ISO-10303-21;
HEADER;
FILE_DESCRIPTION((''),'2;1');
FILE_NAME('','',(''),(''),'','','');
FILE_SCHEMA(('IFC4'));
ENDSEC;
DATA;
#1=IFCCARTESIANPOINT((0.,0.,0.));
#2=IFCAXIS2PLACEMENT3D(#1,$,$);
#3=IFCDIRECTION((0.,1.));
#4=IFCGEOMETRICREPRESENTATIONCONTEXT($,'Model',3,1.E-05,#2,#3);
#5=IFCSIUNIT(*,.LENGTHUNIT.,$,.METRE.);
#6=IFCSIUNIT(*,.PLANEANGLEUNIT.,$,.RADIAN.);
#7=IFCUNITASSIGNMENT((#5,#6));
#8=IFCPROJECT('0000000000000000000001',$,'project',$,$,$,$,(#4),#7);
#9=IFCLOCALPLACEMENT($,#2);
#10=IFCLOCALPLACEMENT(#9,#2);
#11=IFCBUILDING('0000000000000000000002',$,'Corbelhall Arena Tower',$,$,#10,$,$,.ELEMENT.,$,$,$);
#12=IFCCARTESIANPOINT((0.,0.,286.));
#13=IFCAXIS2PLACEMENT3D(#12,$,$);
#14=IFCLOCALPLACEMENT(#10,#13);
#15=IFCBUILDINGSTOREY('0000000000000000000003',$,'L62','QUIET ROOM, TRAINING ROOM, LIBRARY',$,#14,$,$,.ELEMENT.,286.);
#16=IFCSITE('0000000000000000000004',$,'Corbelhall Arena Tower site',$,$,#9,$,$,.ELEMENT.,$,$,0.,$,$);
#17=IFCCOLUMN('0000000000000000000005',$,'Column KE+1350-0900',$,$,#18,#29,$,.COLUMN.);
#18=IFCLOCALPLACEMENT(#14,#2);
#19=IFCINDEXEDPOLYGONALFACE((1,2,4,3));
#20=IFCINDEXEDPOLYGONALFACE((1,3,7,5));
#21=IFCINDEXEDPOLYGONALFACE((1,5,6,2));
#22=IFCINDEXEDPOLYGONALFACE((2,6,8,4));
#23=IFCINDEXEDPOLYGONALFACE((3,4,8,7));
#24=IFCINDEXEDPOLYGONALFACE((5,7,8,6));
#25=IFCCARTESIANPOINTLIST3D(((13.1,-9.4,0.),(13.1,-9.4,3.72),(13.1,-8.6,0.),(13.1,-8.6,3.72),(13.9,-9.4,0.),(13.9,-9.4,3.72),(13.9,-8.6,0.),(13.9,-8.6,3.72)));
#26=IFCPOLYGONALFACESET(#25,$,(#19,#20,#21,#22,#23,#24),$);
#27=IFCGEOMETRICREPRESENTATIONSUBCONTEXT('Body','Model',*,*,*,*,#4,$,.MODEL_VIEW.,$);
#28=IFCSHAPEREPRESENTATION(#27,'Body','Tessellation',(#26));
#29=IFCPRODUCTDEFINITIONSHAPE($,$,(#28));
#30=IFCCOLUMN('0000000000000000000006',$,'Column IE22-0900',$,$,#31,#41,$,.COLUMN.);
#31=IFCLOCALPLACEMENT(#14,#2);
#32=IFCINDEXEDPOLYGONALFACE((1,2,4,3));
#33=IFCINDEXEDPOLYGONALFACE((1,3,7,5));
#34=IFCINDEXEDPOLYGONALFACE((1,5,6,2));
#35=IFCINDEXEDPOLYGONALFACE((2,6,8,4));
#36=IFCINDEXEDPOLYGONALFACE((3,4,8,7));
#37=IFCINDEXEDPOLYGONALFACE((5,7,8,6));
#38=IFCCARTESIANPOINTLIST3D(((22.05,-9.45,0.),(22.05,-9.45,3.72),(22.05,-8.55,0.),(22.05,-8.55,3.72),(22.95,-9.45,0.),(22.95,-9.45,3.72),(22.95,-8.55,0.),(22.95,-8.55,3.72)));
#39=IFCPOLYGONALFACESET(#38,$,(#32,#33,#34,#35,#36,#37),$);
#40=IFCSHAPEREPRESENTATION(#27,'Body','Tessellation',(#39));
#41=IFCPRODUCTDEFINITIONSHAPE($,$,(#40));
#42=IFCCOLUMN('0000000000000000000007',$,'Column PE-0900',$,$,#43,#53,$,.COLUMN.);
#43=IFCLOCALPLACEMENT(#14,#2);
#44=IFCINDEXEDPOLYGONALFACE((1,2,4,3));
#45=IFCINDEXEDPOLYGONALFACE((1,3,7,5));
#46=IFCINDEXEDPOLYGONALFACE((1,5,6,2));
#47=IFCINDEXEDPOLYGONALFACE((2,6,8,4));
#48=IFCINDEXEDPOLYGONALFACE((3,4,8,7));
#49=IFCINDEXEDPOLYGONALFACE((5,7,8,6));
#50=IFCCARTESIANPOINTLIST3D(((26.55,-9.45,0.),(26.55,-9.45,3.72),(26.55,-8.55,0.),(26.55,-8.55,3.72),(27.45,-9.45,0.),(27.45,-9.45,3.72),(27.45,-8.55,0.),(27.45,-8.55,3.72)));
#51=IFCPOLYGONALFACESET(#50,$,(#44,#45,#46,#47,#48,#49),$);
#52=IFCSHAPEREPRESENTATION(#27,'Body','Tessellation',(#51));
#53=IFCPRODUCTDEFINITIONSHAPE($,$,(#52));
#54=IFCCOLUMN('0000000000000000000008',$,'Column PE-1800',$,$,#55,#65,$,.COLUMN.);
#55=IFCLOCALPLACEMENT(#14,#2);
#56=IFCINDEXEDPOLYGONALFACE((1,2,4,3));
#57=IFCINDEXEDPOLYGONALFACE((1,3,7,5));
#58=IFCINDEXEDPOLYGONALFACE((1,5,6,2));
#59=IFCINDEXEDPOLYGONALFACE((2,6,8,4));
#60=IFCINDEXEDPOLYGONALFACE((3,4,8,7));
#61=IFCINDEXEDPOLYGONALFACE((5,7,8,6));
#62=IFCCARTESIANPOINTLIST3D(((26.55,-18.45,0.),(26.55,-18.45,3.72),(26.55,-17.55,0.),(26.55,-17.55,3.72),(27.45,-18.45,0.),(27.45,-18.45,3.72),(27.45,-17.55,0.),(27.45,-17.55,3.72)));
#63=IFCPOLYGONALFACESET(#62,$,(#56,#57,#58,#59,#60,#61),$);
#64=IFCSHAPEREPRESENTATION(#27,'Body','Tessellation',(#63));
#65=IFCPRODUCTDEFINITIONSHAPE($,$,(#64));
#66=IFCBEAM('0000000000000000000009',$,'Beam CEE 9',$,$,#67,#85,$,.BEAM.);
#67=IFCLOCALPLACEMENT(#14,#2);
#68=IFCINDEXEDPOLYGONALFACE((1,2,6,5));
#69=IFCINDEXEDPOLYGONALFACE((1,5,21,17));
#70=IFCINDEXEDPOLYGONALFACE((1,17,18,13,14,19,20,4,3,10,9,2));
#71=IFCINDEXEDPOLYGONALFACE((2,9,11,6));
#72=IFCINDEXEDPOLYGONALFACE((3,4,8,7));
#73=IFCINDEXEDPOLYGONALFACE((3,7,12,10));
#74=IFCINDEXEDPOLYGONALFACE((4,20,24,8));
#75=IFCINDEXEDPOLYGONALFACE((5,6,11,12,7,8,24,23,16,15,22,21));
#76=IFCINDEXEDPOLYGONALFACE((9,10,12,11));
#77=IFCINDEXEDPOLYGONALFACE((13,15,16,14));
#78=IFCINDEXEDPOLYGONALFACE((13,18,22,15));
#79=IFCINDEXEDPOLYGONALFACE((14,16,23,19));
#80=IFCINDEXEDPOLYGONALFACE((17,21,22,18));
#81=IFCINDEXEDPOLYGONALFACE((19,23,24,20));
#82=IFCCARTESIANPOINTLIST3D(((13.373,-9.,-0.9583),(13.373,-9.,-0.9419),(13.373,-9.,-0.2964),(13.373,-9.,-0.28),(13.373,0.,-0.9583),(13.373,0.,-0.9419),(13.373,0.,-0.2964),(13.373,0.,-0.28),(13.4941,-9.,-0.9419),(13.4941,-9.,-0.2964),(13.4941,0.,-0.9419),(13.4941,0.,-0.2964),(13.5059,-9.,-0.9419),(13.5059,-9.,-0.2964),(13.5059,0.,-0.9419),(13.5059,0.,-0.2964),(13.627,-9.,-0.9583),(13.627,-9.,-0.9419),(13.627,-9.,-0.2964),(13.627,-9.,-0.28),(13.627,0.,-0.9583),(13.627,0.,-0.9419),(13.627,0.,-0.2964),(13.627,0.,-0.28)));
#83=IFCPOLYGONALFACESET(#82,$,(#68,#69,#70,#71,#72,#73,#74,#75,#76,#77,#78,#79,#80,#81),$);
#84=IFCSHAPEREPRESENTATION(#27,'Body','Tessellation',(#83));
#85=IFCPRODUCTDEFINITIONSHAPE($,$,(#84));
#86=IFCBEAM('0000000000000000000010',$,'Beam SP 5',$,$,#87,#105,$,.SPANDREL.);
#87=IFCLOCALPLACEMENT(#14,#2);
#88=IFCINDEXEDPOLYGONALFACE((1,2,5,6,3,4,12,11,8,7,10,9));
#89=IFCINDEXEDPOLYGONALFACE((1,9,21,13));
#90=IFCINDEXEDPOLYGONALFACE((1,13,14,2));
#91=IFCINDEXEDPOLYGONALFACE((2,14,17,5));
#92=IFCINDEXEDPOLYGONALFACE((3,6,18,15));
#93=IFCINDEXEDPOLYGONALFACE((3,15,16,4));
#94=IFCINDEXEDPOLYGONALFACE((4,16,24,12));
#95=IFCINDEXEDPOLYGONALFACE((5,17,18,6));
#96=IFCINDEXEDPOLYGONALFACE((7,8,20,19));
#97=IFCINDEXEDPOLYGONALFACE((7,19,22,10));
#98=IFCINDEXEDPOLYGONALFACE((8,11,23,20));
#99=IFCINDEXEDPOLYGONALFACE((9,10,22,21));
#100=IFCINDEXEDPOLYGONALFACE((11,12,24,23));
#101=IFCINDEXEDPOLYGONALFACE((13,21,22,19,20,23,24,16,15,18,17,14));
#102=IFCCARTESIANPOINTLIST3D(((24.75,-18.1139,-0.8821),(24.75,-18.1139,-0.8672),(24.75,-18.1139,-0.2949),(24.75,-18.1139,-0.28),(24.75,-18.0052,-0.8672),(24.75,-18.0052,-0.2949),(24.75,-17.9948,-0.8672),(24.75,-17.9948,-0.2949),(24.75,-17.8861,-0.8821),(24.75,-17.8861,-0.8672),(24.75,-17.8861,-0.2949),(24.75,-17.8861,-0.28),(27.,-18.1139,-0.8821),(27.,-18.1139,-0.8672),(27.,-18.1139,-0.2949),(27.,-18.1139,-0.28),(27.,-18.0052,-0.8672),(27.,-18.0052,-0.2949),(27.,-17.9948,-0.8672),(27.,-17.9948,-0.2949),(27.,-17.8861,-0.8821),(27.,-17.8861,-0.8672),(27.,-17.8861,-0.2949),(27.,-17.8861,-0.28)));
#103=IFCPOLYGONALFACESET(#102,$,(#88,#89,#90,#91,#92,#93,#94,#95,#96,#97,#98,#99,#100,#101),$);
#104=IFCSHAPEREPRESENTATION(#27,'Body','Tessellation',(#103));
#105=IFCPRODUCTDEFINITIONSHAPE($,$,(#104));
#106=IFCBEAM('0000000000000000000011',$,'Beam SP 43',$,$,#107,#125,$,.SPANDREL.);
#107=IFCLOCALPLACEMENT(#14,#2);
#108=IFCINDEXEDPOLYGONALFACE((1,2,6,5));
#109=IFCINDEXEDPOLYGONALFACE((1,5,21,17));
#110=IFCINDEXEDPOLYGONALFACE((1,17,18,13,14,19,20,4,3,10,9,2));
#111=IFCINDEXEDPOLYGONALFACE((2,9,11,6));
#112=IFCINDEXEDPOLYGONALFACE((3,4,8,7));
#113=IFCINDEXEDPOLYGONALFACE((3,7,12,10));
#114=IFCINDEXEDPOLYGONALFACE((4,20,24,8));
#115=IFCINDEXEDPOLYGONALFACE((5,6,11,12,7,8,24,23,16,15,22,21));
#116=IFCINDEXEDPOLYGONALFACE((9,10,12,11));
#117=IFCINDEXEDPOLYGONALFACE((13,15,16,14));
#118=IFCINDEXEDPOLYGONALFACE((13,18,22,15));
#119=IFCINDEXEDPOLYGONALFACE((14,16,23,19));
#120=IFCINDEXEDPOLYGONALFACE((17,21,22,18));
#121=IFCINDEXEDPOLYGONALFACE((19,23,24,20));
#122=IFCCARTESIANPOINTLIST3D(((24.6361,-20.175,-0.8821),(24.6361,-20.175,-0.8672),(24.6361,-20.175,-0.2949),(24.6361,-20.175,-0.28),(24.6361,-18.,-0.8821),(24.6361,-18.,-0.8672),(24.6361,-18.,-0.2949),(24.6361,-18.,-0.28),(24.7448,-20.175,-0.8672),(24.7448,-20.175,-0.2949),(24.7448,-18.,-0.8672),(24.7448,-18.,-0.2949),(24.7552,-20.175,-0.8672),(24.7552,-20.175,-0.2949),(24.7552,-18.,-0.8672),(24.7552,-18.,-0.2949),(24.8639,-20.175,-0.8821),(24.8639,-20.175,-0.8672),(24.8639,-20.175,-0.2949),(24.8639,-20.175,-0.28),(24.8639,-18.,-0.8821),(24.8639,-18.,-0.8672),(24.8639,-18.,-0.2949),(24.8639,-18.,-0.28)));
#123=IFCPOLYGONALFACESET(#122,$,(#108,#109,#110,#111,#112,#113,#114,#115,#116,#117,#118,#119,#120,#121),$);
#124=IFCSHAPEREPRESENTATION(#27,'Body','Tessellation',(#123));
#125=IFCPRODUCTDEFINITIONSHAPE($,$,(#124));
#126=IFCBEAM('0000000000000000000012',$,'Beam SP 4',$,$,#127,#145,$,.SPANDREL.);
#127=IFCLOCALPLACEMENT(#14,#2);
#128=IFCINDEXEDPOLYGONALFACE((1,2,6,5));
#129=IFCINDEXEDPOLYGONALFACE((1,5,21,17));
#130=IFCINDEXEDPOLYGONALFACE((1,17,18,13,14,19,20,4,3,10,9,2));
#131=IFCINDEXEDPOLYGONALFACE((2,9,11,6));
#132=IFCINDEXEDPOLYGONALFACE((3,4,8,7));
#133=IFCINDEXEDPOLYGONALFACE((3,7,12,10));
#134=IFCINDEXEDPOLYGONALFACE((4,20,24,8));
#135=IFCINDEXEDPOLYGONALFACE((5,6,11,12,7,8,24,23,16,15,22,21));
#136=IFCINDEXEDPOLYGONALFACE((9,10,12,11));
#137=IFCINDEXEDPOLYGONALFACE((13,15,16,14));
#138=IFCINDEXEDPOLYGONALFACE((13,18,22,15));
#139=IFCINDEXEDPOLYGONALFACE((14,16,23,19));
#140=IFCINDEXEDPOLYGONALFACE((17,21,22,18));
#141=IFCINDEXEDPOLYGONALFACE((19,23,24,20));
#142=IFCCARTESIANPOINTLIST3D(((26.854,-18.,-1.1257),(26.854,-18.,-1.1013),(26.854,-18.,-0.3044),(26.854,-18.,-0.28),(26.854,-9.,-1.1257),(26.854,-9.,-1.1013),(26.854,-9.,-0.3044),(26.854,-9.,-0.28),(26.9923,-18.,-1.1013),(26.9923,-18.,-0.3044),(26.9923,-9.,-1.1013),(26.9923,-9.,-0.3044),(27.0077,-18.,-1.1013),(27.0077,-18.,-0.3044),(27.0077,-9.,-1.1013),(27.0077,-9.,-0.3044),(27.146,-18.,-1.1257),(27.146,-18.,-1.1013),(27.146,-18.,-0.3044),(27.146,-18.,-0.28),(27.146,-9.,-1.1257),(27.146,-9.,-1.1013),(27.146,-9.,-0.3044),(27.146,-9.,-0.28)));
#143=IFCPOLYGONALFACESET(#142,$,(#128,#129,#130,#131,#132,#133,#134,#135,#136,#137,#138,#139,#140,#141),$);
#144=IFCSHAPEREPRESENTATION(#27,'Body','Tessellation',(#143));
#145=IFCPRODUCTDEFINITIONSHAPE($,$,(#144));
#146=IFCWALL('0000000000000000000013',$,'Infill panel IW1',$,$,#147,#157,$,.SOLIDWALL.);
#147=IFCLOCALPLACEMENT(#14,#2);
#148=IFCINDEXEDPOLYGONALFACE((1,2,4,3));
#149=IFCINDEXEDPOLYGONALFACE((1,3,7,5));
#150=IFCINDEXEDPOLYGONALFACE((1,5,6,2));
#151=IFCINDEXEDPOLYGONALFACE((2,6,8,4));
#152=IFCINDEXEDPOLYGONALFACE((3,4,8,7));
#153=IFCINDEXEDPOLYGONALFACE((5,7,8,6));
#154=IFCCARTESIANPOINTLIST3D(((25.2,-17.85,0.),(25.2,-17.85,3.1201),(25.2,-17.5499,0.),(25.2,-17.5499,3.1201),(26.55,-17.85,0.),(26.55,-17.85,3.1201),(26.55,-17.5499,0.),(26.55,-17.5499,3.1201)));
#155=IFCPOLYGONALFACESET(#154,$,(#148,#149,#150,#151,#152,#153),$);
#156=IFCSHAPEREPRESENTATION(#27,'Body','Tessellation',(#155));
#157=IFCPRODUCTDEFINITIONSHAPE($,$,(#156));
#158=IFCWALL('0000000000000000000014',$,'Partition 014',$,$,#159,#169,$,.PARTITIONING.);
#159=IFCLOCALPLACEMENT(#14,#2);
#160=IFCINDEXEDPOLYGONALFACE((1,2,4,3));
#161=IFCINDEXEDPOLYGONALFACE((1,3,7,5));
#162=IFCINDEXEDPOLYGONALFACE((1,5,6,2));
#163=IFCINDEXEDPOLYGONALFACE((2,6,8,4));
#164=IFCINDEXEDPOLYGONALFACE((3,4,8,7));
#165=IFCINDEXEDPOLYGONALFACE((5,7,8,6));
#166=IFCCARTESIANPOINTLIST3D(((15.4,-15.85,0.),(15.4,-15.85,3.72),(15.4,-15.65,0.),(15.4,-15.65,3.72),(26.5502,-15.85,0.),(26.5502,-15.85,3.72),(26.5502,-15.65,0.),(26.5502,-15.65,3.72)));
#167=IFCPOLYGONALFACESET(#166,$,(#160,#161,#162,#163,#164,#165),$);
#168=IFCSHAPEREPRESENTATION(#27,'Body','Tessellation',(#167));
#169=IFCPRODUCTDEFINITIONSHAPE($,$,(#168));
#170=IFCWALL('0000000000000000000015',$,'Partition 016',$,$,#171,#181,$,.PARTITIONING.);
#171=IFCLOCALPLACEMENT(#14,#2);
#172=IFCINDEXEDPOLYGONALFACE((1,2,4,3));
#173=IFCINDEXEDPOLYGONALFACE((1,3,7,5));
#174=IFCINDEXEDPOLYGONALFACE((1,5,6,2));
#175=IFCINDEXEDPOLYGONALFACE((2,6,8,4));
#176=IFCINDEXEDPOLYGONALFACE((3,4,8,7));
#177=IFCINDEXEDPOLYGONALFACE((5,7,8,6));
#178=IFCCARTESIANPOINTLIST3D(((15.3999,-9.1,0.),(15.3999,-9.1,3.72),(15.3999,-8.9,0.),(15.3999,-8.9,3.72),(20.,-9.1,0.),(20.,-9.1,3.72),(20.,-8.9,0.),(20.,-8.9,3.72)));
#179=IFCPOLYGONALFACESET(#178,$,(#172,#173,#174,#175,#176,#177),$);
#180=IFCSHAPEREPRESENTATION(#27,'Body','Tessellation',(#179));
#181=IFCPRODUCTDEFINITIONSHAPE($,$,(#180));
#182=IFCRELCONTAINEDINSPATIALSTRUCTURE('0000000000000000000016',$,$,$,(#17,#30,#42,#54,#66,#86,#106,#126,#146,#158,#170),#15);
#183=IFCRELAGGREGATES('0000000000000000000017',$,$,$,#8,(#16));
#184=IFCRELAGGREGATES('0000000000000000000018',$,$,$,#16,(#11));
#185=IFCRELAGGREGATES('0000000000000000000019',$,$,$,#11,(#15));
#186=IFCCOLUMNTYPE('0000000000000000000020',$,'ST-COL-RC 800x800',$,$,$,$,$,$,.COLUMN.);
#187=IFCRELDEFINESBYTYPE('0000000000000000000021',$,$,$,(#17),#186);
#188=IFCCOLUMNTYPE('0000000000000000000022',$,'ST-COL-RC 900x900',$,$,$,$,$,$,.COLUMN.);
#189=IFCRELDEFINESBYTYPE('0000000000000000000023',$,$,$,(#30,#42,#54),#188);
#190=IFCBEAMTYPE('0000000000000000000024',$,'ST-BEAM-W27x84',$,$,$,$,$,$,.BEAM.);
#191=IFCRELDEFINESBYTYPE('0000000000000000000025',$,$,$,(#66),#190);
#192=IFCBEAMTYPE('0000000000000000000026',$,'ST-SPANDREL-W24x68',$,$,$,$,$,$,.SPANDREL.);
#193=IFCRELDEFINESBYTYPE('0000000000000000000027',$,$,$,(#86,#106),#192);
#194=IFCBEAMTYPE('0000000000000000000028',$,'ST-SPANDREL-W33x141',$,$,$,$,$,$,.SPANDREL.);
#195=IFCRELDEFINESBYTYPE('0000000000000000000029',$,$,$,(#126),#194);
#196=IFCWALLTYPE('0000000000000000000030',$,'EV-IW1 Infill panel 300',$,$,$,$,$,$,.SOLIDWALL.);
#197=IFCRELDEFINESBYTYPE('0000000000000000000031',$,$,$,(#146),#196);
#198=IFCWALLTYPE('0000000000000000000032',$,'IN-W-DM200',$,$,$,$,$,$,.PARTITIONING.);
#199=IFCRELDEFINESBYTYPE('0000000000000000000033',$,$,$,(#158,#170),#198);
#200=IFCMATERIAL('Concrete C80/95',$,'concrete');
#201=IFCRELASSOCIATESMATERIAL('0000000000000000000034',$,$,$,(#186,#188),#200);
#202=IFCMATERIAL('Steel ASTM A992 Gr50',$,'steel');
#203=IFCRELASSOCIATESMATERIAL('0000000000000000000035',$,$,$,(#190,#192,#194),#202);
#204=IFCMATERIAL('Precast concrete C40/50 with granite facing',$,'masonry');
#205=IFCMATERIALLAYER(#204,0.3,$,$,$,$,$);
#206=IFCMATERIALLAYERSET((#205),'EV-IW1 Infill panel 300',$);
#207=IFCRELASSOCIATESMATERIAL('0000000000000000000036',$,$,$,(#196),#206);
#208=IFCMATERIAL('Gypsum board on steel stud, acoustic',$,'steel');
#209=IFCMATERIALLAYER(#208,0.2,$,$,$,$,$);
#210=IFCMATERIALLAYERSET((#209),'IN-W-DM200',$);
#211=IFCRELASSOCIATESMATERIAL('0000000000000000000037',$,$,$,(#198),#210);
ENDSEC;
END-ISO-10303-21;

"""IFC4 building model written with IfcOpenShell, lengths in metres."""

from ifc_helpers import new_model, si_unit, direction, frame, frame_2d, origin, origin_2d, place, context, subcontext, project, spatial, rectangle, i_section, extrude, material, layer, layer_set, material_profile, profile_set, type_object, element, save


model = new_model("IFC4")

# Units and contexts
model_context = context("Model", 3, precision=1e-05, world=origin(), true_north=direction((0.0, 1.0)))
body_context = subcontext(model_context, "Body", "Model", "MODEL_VIEW")
ifc_project = project(units=[si_unit("LENGTHUNIT", "METRE"), si_unit("PLANEANGLEUNIT", "RADIAN")], contexts=[model_context])

# Site, building, storey
site_placement = place(None, origin())
site = spatial("IfcSite", under=ifc_project, at=site_placement, Name="Corbelhall Arena Tower site", CompositionType="ELEMENT", RefElevation=0.0)
building_placement = place(site_placement, origin())
building = spatial("IfcBuilding", under=site, at=building_placement, Name="Corbelhall Arena Tower", CompositionType="ELEMENT")
storey_placement = place(building_placement, frame((0.0, 0.0, 286.0)))
storey = spatial("IfcBuildingStorey", under=building, at=storey_placement, Name="L62", Description="QUIET ROOM, TRAINING ROOM, LIBRARY", CompositionType="ELEMENT", Elevation=286.0)

# Columns
ifc_material_1 = material(Name="Concrete C80/95", Category="concrete")
ifc_material_profile_1 = material_profile(ifc_material_1, rectangle(XDim=0.8, YDim=0.8, at=origin_2d()))
ifc_profile_set_1 = profile_set([ifc_material_profile_1], Name="Concrete C80/95")
column_type_1 = type_object("IfcColumnType", Name="ST-COL-RC 800x800", PredefinedType="COLUMN", material=ifc_profile_set_1)
column_placement = place(storey_placement, frame((13.5, -9.0, 0.0), z_axis=(0.0, 0.0, 1.0), x_axis=(1.0, 0.0, 0.0)))
element("IfcColumn", 1, at=column_placement, inside=storey, type_object=column_type_1, Name="Column KE+1350-0900", PredefinedType="COLUMN", context=body_context, shape_type="SweptSolid", body=[
    extrude(rectangle(XDim=0.8, YDim=0.8, at=origin_2d()), origin(), (0.0, 0.0, 1.0), 3.72),
])
ifc_material_profile_2 = material_profile(ifc_material_1, rectangle(XDim=0.8999, YDim=0.8999, at=origin_2d()))
ifc_profile_set_2 = profile_set([ifc_material_profile_2], Name="Concrete C80/95")
column_type_2 = type_object("IfcColumnType", Name="ST-COL-RC 900x900", PredefinedType="COLUMN", material=ifc_profile_set_2)
for number, where, z_axis, x_axis, name in (
    (2, (22.5, -9.0, 0.0), (0.0, 0.0, 1.0), (1.0, 0.0, 0.0), "Column IE22-0900"),
    (3, (27.0, -9.0, 0.0), (0.0, 0.0, 1.0), (0.0, 1.0, 0.0), "Column PE-0900"),
    (4, (27.0, -18.0, 0.0), (0.0, 0.0, 1.0), (0.0, 1.0, 0.0), "Column PE-1800"),
):
    element("IfcColumn", number, at=place(storey_placement, frame(where, z_axis=z_axis, x_axis=x_axis)), inside=storey, type_object=column_type_2, Name=name, PredefinedType="COLUMN", context=body_context, shape_type="SweptSolid", body=[
        extrude(rectangle(XDim=0.8999, YDim=0.8999, at=origin_2d()), origin(), (0.0, 0.0, 1.0), 3.72),
    ])

# Beams
ifc_material_2 = material(Name="Steel ASTM A992 Gr50", Category="steel")
ifc_material_profile_3 = material_profile(ifc_material_2, i_section(OverallWidth=0.2539, OverallDepth=0.6782, WebThickness=0.0117, FlangeThickness=0.0164, at=origin_2d()))
ifc_profile_set_3 = profile_set([ifc_material_profile_3], Name="Steel ASTM A992 Gr50")
beam_type_1 = type_object("IfcBeamType", Name="ST-BEAM-W27x84", PredefinedType="BEAM", material=ifc_profile_set_3)
beam_1_placement = place(storey_placement, frame((13.5, -9.0, -0.6191), z_axis=(0.0, 1.0, 0.0), x_axis=(-1.0, 0.0, 0.0)))
element("IfcBeam", 5, at=beam_1_placement, inside=storey, type_object=beam_type_1, Name="Beam CEE 9", PredefinedType="BEAM", context=body_context, shape_type="SweptSolid", body=[
    extrude(i_section(OverallWidth=0.2539, OverallDepth=0.6782, WebThickness=0.0117, FlangeThickness=0.0164, at=origin_2d()), origin(), (0.0, 0.0, 1.0), 9.0),
])
ifc_material_profile_4 = material_profile(ifc_material_2, i_section(OverallWidth=0.2278, OverallDepth=0.6021, WebThickness=0.0105, FlangeThickness=0.0149, at=origin_2d()))
ifc_profile_set_4 = profile_set([ifc_material_profile_4], Name="Steel ASTM A992 Gr50")
beam_type_2 = type_object("IfcBeamType", Name="ST-SPANDREL-W24x68", PredefinedType="SPANDREL", material=ifc_profile_set_4)
beam_2_placement = place(storey_placement, frame((27.0, -18.0, -0.5811), z_axis=(-1.0, 0.0, 0.0), x_axis=(0.0, -1.0, 0.0)))
element("IfcBeam", 6, at=beam_2_placement, inside=storey, type_object=beam_type_2, Name="Beam SP 5", PredefinedType="SPANDREL", context=body_context, shape_type="SweptSolid", body=[
    extrude(i_section(OverallWidth=0.2278, OverallDepth=0.6021, WebThickness=0.0105, FlangeThickness=0.0149, at=origin_2d()), origin(), (0.0, 0.0, 1.0), 2.25),
])
beam_3_placement = place(storey_placement, frame((24.75, -18.0, -0.5811), z_axis=(0.0, -1.0, 0.0), x_axis=(1.0, 0.0, 0.0)))
element("IfcBeam", 7, at=beam_3_placement, inside=storey, type_object=beam_type_2, Name="Beam SP 43", PredefinedType="SPANDREL", context=body_context, shape_type="SweptSolid", body=[
    extrude(i_section(OverallWidth=0.2278, OverallDepth=0.6021, WebThickness=0.0105, FlangeThickness=0.0149, at=origin_2d()), origin(), (0.0, 0.0, 1.0), 2.175),
])
ifc_material_profile_5 = material_profile(ifc_material_2, i_section(OverallWidth=0.292, OverallDepth=0.8457, WebThickness=0.0154, FlangeThickness=0.0244, at=origin_2d()))
ifc_profile_set_5 = profile_set([ifc_material_profile_5], Name="Steel ASTM A992 Gr50")
beam_type_3 = type_object("IfcBeamType", Name="ST-SPANDREL-W33x141", PredefinedType="SPANDREL", material=ifc_profile_set_5)
beam_4_placement = place(storey_placement, frame((27.0, -9.0, -0.7029), z_axis=(0.0, -1.0, 0.0), x_axis=(1.0, 0.0, 0.0)))
element("IfcBeam", 8, at=beam_4_placement, inside=storey, type_object=beam_type_3, Name="Beam SP 4", PredefinedType="SPANDREL", context=body_context, shape_type="SweptSolid", body=[
    extrude(i_section(OverallWidth=0.292, OverallDepth=0.8457, WebThickness=0.0154, FlangeThickness=0.0244, at=origin_2d()), origin(), (0.0, 0.0, 1.0), 9.0),
])

# Wall
ifc_material_3 = material(Name="Precast concrete C40/50 with granite facing", Category="masonry")
ifc_layer_1 = layer(ifc_material_3, 0.3)
ifc_layer_set_1 = layer_set([ifc_layer_1], Name="EV-IW1 Infill panel 300")
wall_type_1 = type_object("IfcWallType", Name="EV-IW1 Infill panel 300", PredefinedType="SOLIDWALL", material=ifc_layer_set_1)
wall_1_placement = place(storey_placement, frame((25.2, -17.7, 0.0), z_axis=(0.0, 0.0, 1.0), x_axis=(1.0, 0.0, 0.0)))
element("IfcWall", 9, at=wall_1_placement, inside=storey, type_object=wall_type_1, Name="Infill panel IW1", PredefinedType="SOLIDWALL", context=body_context, shape_type="SweptSolid", body=[
    extrude(rectangle(XDim=1.3501, YDim=0.3, at=frame_2d((0.675, 0.0))), origin(), (0.0, 0.0, 1.0), 3.1201),
])

# Walls
ifc_material_4 = material(Name="Gypsum board on steel stud, acoustic", Category="steel")
ifc_layer_2 = layer(ifc_material_4, 0.2)
ifc_layer_set_2 = layer_set([ifc_layer_2], Name="IN-W-DM200")
wall_type_2 = type_object("IfcWallType", Name="IN-W-DM200", PredefinedType="PARTITIONING", material=ifc_layer_set_2)
wall_2_placement = place(storey_placement, frame((15.3999, -15.75, 0.0), z_axis=(0.0, 0.0, 1.0), x_axis=(1.0, 0.0, 0.0)))
element("IfcWall", 10, at=wall_2_placement, inside=storey, type_object=wall_type_2, Name="Partition 014", PredefinedType="PARTITIONING", context=body_context, shape_type="SweptSolid", body=[
    extrude(rectangle(XDim=11.1501, YDim=0.2, at=frame_2d((5.5752, 0.0))), origin(), (0.0, 0.0, 1.0), 3.72),
])
wall_3_placement = place(storey_placement, frame((15.3999, -9.0, 0.0), z_axis=(0.0, 0.0, 1.0), x_axis=(1.0, 0.0, 0.0)))
element("IfcWall", 11, at=wall_3_placement, inside=storey, type_object=wall_type_2, Name="Partition 016", PredefinedType="PARTITIONING", context=body_context, shape_type="SweptSolid", body=[
    extrude(rectangle(XDim=4.6001, YDim=0.2, at=frame_2d((2.3, 0.0))), origin(), (0.0, 0.0, 1.0), 3.72),
])

save(model, "model.ifc")
